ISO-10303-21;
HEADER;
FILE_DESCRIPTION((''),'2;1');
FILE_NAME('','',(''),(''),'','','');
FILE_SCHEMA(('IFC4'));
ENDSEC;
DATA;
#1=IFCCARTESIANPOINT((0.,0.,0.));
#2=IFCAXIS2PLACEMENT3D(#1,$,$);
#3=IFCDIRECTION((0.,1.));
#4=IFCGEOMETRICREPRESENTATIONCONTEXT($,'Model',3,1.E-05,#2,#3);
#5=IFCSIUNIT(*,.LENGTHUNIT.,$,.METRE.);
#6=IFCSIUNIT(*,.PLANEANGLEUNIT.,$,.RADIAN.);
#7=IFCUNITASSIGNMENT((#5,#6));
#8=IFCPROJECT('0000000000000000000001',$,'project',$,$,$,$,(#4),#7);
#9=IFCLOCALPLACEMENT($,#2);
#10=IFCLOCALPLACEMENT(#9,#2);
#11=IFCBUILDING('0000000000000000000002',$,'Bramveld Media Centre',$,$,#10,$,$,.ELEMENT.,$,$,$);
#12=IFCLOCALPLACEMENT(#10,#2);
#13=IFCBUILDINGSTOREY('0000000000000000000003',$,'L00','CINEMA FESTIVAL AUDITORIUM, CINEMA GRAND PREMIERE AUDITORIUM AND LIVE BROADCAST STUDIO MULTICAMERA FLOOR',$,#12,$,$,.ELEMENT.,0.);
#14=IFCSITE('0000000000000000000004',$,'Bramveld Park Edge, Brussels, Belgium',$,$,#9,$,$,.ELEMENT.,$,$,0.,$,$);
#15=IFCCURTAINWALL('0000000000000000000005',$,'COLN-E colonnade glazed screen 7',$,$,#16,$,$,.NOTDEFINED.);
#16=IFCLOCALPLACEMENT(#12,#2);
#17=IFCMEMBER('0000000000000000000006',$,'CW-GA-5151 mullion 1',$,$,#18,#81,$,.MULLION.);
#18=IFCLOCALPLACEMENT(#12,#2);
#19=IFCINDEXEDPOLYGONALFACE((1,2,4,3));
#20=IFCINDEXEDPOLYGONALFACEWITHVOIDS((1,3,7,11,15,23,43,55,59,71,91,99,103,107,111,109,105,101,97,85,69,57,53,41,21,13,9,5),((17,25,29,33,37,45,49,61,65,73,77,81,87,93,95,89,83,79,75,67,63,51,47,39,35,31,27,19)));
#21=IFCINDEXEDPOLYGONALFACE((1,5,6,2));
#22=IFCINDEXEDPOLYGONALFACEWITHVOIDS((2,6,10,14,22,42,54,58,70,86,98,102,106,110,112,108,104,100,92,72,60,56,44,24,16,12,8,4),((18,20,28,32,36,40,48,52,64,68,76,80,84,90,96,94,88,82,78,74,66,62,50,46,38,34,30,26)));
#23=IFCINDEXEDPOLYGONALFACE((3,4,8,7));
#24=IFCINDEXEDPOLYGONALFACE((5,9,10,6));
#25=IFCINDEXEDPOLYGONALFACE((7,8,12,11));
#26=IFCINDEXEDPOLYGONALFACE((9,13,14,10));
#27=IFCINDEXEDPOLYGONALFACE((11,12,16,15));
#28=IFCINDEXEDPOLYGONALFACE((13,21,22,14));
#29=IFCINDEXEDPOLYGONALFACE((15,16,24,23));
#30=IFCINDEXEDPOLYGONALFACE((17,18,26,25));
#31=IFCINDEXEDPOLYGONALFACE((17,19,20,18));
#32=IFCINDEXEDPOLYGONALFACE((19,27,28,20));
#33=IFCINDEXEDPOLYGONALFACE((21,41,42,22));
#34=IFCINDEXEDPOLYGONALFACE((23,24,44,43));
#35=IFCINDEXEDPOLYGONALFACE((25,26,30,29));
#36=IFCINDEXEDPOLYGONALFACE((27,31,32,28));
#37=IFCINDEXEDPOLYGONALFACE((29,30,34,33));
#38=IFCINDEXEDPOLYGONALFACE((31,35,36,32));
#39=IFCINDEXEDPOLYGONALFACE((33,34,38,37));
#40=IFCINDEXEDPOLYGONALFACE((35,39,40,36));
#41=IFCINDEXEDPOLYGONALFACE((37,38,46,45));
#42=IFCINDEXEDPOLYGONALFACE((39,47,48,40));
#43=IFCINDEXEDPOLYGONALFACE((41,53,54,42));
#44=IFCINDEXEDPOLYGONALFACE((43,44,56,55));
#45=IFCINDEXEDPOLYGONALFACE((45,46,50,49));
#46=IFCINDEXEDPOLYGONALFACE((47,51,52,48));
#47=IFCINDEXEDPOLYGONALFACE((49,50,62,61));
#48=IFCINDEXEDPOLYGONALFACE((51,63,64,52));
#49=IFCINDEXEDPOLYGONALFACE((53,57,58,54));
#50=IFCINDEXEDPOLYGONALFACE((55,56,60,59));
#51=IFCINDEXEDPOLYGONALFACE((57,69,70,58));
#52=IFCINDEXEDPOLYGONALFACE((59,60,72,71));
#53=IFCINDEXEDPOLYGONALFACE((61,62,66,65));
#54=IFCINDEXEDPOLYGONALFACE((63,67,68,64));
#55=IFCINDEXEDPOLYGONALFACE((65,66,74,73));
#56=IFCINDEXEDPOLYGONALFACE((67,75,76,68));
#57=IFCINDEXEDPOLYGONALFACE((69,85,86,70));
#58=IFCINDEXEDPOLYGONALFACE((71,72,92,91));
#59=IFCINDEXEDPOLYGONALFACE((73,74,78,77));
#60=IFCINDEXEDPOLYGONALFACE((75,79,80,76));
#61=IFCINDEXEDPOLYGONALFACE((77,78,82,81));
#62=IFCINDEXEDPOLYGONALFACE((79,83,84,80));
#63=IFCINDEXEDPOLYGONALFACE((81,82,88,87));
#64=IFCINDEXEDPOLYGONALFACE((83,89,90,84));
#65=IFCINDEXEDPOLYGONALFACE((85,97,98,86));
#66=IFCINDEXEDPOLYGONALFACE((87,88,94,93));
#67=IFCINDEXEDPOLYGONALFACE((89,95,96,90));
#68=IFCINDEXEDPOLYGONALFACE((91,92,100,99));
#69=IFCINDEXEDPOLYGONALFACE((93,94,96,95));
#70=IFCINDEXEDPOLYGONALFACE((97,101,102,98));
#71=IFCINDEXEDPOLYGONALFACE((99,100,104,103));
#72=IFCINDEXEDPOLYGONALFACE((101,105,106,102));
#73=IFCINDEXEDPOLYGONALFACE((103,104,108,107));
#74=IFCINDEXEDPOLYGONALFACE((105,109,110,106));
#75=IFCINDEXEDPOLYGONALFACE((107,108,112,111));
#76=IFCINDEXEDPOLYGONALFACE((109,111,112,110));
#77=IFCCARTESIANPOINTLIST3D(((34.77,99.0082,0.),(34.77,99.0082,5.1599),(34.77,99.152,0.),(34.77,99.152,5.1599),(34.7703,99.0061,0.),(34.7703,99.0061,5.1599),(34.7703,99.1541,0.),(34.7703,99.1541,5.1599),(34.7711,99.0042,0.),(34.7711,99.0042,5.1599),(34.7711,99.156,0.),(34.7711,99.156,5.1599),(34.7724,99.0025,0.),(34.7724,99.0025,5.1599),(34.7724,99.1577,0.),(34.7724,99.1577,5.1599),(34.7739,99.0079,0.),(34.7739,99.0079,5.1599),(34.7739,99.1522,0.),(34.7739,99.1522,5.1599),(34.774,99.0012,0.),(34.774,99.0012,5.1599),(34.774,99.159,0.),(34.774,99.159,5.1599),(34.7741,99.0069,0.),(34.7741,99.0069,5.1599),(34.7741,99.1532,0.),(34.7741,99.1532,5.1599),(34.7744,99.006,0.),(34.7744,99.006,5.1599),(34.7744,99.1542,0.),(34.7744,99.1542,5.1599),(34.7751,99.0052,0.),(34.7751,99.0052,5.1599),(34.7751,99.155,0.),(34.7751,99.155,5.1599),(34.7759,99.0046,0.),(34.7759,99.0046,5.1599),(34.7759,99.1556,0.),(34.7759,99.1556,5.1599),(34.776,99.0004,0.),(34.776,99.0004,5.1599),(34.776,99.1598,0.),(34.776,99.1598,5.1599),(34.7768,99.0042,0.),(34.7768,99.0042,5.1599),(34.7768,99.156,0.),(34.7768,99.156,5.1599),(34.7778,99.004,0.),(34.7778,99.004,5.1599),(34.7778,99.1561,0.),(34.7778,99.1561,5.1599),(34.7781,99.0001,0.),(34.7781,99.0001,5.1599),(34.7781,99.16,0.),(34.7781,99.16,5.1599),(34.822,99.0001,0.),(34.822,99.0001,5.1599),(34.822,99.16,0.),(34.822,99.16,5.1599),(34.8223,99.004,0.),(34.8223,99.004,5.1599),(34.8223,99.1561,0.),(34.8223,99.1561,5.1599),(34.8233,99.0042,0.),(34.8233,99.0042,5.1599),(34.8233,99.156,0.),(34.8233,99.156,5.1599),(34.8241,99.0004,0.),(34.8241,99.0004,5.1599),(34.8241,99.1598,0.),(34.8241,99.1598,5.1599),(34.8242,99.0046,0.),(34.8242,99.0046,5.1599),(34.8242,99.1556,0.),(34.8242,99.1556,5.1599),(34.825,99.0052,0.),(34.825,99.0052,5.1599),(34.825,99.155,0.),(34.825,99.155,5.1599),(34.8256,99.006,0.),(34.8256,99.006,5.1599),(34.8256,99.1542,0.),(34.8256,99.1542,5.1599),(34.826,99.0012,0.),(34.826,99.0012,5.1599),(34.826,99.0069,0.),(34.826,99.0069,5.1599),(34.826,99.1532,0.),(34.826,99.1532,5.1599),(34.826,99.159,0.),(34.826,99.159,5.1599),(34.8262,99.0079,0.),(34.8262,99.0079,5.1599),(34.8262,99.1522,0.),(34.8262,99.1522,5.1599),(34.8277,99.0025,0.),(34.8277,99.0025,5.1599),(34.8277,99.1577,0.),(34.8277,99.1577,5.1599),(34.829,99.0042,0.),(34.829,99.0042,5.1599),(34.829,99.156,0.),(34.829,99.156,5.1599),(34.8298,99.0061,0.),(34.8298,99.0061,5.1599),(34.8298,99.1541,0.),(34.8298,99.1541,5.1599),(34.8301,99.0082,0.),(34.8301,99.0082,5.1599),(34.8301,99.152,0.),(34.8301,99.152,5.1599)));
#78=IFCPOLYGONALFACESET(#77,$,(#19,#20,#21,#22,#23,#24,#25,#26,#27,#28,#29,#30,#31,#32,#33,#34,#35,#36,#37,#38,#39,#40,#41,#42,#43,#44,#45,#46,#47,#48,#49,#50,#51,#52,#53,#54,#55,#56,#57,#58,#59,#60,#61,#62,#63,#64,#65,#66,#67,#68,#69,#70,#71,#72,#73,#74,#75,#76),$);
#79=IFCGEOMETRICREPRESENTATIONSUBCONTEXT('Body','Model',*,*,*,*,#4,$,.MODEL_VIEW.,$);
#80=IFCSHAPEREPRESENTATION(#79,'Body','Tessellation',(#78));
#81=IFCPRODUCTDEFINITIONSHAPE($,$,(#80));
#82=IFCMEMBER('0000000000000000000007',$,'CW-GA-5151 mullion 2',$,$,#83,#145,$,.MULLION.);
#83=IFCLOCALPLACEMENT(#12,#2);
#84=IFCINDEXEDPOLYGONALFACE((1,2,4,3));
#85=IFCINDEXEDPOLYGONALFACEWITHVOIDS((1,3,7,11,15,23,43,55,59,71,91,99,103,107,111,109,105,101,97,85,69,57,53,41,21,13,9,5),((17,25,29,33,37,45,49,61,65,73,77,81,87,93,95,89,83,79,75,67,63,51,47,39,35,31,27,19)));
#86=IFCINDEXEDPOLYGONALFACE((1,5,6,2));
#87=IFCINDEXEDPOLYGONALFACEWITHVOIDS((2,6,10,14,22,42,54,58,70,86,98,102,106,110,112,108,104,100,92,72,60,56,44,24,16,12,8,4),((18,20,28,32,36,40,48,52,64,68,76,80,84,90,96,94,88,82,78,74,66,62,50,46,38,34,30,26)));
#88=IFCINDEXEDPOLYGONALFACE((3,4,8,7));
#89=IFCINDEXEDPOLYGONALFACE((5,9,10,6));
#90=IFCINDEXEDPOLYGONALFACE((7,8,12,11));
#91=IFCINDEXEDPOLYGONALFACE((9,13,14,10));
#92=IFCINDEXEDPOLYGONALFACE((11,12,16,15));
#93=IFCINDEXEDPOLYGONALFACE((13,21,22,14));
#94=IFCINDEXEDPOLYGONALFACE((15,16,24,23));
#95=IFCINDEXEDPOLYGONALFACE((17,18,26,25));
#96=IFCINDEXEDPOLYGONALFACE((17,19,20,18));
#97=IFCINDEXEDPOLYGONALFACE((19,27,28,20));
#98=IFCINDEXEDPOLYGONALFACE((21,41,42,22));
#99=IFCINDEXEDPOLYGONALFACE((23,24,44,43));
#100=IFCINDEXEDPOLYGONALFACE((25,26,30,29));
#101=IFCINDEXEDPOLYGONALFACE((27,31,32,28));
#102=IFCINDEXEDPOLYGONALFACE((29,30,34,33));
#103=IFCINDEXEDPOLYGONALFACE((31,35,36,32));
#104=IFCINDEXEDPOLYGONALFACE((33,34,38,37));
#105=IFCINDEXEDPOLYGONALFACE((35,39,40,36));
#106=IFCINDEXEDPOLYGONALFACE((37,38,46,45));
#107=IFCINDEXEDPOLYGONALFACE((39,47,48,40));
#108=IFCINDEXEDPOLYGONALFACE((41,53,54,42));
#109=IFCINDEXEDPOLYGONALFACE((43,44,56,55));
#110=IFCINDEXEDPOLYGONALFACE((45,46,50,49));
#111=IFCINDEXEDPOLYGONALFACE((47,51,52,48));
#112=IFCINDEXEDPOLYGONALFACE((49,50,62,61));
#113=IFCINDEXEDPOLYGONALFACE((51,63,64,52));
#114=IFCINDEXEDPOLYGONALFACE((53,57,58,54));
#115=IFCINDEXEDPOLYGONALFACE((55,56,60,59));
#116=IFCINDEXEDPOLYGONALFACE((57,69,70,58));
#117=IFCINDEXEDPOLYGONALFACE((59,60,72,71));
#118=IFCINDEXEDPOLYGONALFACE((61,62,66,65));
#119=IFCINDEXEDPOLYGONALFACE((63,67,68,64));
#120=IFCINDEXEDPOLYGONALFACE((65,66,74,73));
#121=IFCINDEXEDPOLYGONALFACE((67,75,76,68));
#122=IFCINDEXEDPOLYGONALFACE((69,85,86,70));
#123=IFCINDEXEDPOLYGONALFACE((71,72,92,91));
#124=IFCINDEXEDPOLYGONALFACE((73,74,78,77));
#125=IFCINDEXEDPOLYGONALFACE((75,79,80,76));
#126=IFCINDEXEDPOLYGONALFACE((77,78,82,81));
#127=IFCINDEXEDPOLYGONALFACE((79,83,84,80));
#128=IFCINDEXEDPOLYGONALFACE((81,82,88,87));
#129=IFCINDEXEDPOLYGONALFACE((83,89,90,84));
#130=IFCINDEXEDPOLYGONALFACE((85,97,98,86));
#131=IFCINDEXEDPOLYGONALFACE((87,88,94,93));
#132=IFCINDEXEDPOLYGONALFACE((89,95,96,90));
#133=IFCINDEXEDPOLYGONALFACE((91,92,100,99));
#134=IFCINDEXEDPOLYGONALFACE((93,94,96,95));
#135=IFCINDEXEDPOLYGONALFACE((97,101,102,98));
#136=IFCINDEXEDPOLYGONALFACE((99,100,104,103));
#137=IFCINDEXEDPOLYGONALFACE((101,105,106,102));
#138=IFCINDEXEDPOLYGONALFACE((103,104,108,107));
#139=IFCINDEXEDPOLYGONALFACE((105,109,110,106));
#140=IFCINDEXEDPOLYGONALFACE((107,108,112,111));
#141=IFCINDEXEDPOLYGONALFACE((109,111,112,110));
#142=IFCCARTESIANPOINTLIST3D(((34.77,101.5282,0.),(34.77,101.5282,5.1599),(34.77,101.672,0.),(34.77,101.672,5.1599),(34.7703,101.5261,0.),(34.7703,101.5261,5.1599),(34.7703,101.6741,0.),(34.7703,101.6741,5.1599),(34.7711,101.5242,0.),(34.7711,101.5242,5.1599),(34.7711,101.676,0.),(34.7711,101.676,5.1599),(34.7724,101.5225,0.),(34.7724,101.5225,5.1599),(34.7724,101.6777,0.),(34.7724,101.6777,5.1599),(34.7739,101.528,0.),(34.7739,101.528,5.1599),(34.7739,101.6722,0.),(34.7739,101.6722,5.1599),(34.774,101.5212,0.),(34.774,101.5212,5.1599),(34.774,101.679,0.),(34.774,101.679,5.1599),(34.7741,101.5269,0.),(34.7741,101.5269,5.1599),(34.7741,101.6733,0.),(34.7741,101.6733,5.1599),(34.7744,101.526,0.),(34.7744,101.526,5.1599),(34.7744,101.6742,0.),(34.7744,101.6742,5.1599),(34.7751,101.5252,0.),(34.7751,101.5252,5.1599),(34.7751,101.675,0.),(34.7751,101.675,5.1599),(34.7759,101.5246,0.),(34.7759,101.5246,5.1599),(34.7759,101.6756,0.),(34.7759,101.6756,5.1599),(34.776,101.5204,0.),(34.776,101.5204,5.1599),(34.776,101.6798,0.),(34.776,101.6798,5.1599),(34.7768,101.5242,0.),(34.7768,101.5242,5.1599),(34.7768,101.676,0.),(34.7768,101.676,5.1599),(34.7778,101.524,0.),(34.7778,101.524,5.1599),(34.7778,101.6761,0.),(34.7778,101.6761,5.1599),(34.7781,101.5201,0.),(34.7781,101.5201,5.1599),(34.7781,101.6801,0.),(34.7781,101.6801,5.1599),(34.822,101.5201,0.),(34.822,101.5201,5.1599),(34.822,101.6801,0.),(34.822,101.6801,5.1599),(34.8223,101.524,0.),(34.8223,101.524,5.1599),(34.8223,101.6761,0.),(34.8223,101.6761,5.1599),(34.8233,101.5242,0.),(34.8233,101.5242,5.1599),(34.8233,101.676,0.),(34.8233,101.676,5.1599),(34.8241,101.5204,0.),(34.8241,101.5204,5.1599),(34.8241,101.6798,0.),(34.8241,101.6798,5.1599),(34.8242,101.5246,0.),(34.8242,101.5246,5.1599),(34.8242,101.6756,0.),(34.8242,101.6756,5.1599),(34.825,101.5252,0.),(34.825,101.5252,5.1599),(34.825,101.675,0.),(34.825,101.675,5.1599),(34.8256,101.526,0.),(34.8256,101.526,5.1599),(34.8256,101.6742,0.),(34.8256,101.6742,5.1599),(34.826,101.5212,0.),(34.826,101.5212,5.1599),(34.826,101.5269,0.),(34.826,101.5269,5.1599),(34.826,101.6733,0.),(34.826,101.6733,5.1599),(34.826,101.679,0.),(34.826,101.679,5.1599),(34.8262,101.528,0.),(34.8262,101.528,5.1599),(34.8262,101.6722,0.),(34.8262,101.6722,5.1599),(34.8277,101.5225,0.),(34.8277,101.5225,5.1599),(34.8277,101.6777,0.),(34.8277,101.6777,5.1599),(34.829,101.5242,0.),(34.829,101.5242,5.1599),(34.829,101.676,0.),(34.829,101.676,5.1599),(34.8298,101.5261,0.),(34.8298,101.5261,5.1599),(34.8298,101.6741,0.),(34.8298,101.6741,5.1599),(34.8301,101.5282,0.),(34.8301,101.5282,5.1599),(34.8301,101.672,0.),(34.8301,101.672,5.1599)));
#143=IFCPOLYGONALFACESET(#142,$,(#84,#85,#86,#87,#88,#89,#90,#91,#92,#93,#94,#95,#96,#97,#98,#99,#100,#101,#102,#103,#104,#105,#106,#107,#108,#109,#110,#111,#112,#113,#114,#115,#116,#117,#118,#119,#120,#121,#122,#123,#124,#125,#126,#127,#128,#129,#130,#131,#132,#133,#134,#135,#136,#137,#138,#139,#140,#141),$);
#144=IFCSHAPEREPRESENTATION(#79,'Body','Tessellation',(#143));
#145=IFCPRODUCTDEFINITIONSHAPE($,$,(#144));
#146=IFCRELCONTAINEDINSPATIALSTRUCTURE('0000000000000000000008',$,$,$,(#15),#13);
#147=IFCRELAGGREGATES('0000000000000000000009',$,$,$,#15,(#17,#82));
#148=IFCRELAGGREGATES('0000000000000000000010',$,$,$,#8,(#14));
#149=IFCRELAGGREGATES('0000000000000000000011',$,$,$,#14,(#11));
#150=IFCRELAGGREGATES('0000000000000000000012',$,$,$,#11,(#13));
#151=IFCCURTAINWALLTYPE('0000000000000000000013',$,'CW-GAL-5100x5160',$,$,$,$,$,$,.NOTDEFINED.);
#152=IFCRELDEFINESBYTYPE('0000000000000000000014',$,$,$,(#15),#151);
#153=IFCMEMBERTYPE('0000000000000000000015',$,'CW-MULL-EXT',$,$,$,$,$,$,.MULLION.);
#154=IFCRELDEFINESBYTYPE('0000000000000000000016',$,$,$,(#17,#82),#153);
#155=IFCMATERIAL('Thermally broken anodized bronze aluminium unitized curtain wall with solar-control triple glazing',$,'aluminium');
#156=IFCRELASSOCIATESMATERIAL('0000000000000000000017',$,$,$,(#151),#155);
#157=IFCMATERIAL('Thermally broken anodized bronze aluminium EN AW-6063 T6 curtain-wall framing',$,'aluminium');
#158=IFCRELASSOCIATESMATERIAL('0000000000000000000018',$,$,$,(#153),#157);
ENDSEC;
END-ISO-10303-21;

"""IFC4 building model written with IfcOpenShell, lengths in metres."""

from ifc_helpers import new_model, si_unit, direction, frame, origin, origin_2d, place, context, subcontext, project, spatial, hollow_rectangle, extrude, material, material_profile, profile_set, type_object, element, aggregate, save


model = new_model("IFC4")

# Units and contexts
model_context = context("Model", 3, precision=1e-05, world=origin(), true_north=direction((0.0, 1.0)))
body_context = subcontext(model_context, "Body", "Model", "MODEL_VIEW")
ifc_project = project(units=[si_unit("LENGTHUNIT", "METRE"), si_unit("PLANEANGLEUNIT", "RADIAN")], contexts=[model_context])

# Site, building, storey
site_placement = place(None, origin())
site = spatial("IfcSite", under=ifc_project, at=site_placement, Name="Bramveld Park Edge, Brussels, Belgium", CompositionType="ELEMENT", RefElevation=0.0)
building_placement = place(site_placement, origin())
building = spatial("IfcBuilding", under=site, at=building_placement, Name="Bramveld Media Centre", CompositionType="ELEMENT")
storey_placement = place(building_placement, origin())
storey = spatial("IfcBuildingStorey", under=building, at=storey_placement, Name="L00", Description="CINEMA FESTIVAL AUDITORIUM, CINEMA GRAND PREMIERE AUDITORIUM AND LIVE BROADCAST STUDIO MULTICAMERA FLOOR", CompositionType="ELEMENT", Elevation=0.0)

# Curtain wall, members
ifc_material_1 = material(Name="Thermally broken anodized bronze aluminium unitized curtain wall with solar-control triple glazing", Category="aluminium")
curtain_wall_type = type_object("IfcCurtainWallType", Name="CW-GAL-5100x5160", PredefinedType="NOTDEFINED", material=ifc_material_1)
curtain_wall_1_placement = place(storey_placement, origin())
curtain_wall_1 = element("IfcCurtainWall", 1, at=curtain_wall_1_placement, inside=storey, type_object=curtain_wall_type, Name="COLN-E colonnade glazed screen 7", PredefinedType="NOTDEFINED")
ifc_material_2 = material(Name="Thermally broken anodized bronze aluminium EN AW-6063 T6 curtain-wall framing", Category="aluminium")
ifc_material_profile_1 = material_profile(ifc_material_2, hollow_rectangle(XDim=0.0601, YDim=0.1599, WallThickness=0.0039, InnerFilletRadius=0.0039, OuterFilletRadius=0.0081, at=origin_2d()), Name="AL-MULL 60x160")
ifc_profile_set_1 = profile_set([ifc_material_profile_1], Name="Thermally broken anodized bronze aluminium EN AW-6063 T6 curtain-wall framing")
member_type_1 = type_object("IfcMemberType", Name="CW-MULL-EXT", PredefinedType="MULLION", material=ifc_profile_set_1)
member_1_placement = place(storey_placement, frame((34.8, 99.0801, 0.0), z_axis=(0.0, 0.0, 1.0), x_axis=(-1.0, 0.0, 0.0)))
member_1 = element("IfcMember", 2, at=member_1_placement, type_object=member_type_1, Name="CW-GA-5151 mullion 1", PredefinedType="MULLION", context=body_context, shape_type="SweptSolid", body=[
    extrude(hollow_rectangle(XDim=0.0601, YDim=0.1599, WallThickness=0.0039, InnerFilletRadius=0.0039, OuterFilletRadius=0.0081, at=origin_2d()), origin(), (0.0, 0.0, 1.0), 5.1599),
])
member_2_placement = place(storey_placement, frame((34.8, 101.6001, 0.0), z_axis=(0.0, 0.0, 1.0), x_axis=(-1.0, 0.0, 0.0)))
member_2 = element("IfcMember", 3, at=member_2_placement, type_object=member_type_1, Name="CW-GA-5151 mullion 2", PredefinedType="MULLION", context=body_context, shape_type="SweptSolid", body=[
    extrude(hollow_rectangle(XDim=0.0601, YDim=0.1599, WallThickness=0.0039, InnerFilletRadius=0.0039, OuterFilletRadius=0.0081, at=origin_2d()), origin(), (0.0, 0.0, 1.0), 5.1599),
])

aggregate(curtain_wall_1, [member_1, member_2])

save(model, "model.ifc")
